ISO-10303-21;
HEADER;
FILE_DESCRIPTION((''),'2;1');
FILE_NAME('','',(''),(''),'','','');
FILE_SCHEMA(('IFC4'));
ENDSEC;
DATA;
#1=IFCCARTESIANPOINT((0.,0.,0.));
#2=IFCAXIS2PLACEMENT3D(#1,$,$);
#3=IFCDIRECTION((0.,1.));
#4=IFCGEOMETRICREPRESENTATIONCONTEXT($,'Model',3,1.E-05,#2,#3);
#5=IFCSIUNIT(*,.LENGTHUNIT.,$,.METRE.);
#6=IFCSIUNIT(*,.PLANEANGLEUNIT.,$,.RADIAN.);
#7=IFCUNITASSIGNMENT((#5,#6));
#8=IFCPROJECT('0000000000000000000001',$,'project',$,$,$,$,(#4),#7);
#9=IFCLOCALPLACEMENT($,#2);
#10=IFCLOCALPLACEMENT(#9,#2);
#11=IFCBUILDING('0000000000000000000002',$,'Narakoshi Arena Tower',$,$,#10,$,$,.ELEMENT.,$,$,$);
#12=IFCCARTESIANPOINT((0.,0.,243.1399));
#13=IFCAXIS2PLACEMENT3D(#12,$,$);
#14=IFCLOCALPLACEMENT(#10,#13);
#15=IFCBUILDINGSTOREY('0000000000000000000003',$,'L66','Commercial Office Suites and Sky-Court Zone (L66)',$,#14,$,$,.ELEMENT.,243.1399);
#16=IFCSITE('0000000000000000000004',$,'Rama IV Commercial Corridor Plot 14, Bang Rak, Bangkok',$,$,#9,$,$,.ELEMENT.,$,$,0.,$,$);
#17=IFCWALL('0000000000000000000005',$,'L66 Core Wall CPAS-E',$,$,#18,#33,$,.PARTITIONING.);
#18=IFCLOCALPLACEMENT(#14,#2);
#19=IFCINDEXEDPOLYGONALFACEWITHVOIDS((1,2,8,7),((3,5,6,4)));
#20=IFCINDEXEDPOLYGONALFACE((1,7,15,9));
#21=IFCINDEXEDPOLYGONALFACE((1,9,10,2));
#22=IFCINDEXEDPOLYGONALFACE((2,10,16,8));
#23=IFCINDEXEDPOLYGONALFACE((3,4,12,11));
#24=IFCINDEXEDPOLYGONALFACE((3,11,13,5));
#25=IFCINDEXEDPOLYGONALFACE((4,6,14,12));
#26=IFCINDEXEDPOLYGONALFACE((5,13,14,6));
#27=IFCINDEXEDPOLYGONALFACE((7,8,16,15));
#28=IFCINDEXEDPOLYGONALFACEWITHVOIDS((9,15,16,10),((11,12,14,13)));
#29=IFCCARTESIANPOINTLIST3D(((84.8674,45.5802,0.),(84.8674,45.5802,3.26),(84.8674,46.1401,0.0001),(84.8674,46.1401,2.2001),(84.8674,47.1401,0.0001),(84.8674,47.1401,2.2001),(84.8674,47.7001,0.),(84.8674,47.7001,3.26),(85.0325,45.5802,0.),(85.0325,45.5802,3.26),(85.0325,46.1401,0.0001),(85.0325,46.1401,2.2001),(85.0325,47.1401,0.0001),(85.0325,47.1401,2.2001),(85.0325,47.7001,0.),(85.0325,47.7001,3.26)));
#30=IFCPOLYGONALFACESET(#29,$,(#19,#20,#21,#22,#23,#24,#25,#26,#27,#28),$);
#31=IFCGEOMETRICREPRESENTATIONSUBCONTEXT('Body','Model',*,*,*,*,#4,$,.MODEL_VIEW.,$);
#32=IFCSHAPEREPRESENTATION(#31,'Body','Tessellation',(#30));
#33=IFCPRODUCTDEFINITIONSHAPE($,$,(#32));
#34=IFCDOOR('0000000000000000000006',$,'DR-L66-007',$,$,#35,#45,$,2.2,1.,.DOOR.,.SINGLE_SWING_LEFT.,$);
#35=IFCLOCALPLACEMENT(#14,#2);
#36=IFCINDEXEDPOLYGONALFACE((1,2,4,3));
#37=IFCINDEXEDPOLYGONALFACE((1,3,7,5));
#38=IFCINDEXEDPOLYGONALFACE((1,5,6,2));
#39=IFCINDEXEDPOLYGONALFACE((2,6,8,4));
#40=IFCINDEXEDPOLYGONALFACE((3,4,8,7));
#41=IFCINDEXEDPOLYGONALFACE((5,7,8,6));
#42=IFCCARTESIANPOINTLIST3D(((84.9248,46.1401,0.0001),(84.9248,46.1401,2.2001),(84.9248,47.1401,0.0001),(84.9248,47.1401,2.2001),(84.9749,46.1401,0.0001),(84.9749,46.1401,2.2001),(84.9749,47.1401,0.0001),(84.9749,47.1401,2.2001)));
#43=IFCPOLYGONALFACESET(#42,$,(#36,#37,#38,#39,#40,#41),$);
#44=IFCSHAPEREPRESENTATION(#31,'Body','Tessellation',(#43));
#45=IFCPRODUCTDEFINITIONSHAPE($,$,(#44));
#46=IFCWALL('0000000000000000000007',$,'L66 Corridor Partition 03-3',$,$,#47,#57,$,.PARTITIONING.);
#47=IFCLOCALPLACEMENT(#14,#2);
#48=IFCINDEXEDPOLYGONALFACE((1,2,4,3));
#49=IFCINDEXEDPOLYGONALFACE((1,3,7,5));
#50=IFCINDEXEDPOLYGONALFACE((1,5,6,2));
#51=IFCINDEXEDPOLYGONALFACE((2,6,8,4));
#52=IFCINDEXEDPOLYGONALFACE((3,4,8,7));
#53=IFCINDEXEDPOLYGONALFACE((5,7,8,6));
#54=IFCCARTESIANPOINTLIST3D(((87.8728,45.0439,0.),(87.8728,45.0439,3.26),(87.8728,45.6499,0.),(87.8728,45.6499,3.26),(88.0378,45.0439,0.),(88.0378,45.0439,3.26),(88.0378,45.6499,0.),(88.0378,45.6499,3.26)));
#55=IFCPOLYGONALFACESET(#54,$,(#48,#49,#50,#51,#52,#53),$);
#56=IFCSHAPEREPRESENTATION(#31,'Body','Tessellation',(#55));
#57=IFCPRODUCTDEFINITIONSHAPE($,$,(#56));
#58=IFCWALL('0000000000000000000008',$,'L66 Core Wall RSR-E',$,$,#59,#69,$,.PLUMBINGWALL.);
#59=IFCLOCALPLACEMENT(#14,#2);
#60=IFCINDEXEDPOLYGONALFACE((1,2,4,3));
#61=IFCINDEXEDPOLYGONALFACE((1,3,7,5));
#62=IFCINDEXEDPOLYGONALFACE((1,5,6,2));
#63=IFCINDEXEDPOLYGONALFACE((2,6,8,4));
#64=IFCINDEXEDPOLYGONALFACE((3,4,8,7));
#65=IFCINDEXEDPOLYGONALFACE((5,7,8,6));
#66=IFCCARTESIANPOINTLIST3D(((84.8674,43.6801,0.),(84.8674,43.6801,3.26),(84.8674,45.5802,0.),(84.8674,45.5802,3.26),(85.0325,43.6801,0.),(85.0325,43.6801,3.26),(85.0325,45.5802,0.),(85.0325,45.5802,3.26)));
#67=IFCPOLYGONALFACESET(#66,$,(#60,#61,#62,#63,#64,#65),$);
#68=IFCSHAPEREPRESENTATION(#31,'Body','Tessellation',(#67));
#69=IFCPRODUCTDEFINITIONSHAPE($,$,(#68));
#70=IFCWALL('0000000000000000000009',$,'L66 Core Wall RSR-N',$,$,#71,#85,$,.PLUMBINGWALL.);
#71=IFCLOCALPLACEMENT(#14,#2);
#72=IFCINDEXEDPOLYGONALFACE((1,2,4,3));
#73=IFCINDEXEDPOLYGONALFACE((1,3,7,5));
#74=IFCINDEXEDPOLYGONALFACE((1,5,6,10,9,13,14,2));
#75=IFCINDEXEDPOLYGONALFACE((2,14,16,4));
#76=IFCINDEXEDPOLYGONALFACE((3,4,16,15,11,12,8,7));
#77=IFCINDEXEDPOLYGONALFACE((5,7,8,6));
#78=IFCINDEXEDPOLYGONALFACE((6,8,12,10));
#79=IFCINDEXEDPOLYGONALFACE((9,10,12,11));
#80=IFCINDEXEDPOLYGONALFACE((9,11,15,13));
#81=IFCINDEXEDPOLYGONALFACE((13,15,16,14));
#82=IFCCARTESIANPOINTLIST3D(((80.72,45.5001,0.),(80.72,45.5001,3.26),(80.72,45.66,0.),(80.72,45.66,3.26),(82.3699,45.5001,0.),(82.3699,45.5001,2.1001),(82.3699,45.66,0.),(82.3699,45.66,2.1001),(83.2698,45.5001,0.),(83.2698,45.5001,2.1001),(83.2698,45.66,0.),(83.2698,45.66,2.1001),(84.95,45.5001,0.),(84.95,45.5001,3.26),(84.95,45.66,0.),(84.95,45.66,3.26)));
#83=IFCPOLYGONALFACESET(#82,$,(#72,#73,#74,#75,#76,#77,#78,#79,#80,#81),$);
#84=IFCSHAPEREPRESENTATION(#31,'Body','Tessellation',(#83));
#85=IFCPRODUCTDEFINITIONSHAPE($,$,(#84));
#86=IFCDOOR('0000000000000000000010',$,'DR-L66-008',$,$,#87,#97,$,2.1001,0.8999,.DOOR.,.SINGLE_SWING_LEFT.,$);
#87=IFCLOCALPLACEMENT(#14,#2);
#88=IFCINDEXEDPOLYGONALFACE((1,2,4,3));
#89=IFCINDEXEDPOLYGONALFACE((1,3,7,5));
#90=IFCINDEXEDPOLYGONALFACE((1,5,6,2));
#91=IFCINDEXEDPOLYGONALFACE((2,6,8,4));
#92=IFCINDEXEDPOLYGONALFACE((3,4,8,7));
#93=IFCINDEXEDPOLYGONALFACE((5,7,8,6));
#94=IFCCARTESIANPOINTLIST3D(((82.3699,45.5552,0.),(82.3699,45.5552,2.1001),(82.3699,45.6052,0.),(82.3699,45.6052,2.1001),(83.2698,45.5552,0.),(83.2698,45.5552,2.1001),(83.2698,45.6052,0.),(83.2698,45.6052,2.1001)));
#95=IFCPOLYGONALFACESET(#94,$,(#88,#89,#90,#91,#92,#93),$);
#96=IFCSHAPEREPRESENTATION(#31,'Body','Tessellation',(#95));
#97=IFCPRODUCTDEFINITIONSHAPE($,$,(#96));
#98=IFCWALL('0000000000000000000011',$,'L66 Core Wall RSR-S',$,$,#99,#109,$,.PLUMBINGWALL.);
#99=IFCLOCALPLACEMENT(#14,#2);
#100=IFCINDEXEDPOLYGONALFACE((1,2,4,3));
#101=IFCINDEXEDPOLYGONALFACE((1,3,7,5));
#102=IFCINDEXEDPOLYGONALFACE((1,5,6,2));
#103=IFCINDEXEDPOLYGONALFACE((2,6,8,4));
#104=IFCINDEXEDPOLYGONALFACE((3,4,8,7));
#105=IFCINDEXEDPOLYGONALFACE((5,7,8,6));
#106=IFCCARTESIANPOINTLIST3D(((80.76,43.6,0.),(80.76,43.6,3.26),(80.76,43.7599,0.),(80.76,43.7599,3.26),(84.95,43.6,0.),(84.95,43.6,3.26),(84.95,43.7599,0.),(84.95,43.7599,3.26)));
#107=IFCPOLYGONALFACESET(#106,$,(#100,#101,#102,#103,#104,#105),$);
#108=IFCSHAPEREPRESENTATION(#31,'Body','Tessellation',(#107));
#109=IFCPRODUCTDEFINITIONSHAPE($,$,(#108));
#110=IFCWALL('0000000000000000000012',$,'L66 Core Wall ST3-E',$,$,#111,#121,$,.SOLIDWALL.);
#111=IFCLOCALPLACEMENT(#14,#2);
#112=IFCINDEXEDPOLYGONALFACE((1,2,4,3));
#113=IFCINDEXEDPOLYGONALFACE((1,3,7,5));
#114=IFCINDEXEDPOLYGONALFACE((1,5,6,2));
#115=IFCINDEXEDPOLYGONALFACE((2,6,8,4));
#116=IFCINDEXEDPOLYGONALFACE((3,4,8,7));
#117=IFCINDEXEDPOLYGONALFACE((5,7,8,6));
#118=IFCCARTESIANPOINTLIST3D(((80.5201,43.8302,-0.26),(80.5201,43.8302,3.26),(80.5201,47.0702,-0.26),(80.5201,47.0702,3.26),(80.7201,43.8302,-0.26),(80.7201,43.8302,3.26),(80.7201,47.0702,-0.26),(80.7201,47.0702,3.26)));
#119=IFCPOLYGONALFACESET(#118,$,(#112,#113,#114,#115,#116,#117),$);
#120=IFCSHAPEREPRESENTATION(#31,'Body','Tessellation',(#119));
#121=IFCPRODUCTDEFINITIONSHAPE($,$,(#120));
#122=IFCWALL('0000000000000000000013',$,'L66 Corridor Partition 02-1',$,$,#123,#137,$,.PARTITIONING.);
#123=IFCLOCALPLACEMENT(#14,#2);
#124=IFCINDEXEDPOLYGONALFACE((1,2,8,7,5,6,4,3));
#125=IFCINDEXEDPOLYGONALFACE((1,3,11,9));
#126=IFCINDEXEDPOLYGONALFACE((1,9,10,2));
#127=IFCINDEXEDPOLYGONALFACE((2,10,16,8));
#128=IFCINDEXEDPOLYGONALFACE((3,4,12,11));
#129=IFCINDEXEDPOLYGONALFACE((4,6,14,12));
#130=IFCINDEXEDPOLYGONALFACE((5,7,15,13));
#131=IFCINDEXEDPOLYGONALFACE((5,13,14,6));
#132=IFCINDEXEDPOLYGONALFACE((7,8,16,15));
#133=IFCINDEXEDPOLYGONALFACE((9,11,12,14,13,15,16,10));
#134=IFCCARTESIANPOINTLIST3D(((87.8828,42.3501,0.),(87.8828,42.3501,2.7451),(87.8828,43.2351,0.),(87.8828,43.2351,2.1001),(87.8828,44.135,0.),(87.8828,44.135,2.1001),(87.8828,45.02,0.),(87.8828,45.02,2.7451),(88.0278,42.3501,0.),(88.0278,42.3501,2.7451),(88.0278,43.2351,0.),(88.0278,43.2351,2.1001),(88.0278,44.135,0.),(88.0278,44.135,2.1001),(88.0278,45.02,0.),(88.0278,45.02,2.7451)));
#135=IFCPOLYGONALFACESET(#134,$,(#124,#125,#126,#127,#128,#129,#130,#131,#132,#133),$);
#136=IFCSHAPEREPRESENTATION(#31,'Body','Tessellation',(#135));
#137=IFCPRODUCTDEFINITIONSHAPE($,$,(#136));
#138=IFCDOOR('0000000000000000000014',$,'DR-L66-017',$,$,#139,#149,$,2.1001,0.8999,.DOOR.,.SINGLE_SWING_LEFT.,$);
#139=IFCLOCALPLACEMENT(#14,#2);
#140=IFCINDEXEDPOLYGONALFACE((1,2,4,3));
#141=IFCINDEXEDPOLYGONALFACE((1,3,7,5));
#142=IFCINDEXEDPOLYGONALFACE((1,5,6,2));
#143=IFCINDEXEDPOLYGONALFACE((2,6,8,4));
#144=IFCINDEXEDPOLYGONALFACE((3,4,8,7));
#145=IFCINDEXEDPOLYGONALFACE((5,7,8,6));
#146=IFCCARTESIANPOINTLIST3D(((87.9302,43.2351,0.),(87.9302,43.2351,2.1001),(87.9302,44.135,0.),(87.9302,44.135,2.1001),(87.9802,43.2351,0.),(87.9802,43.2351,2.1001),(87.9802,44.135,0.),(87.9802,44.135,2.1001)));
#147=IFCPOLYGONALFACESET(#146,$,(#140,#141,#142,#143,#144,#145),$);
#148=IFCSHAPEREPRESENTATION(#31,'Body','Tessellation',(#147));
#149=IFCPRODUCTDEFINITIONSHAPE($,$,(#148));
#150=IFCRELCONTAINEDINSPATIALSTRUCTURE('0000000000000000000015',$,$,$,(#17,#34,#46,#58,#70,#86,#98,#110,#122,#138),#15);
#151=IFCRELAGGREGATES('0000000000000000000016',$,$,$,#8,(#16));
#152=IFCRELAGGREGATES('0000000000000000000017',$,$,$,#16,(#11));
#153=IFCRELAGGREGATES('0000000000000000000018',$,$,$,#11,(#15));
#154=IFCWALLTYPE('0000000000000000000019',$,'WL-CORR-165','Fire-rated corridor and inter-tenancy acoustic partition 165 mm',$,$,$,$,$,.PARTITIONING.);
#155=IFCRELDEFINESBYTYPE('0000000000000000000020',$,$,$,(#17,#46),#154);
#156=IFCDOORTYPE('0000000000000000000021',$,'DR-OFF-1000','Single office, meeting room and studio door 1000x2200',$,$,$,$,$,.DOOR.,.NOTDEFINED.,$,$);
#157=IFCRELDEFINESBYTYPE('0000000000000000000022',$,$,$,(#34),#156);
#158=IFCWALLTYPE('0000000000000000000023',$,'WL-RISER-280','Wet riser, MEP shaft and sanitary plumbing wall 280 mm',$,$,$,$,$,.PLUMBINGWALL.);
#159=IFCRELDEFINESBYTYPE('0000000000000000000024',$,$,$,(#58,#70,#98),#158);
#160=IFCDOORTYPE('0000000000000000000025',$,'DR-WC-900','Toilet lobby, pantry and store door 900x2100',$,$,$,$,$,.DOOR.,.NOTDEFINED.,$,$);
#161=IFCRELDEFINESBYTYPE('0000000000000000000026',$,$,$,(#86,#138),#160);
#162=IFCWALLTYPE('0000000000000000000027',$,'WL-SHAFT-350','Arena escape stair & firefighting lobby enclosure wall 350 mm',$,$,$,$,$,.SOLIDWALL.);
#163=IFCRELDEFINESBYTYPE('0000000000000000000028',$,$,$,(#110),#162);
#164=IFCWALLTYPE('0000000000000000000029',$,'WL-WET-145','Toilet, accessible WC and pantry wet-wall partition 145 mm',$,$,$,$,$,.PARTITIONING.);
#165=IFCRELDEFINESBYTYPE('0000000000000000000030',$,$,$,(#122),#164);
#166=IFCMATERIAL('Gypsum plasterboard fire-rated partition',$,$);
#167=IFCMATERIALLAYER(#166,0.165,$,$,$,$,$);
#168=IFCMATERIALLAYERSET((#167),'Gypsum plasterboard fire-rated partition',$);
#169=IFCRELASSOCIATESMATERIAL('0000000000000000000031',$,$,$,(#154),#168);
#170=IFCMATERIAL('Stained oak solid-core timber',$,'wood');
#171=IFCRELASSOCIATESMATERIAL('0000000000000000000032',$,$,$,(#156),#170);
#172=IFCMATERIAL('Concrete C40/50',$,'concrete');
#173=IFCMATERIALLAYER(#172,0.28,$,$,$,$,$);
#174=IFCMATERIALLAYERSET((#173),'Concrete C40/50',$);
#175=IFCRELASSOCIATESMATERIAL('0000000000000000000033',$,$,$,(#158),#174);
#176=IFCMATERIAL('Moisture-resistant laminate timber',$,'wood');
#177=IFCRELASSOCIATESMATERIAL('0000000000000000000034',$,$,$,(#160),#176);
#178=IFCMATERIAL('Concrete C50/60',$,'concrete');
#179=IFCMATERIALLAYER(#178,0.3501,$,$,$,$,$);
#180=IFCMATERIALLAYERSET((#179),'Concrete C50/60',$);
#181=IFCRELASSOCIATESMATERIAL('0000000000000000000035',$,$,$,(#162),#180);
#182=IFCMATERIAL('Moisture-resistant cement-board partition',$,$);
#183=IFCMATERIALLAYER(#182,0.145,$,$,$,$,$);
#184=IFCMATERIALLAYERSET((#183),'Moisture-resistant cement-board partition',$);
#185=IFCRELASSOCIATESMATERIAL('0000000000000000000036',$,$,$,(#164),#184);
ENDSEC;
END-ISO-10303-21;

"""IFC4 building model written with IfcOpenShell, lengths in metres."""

from ifc_helpers import new_model, si_unit, direction, frame, frame_2d, origin, place, context, subcontext, project, spatial, rectangle, extrude, material, layer, layer_set, type_object, element, fill, save


model = new_model("IFC4")

# Units and contexts
model_context = context("Model", 3, precision=1e-05, world=origin(), true_north=direction((0.0, 1.0)))
body_context = subcontext(model_context, "Body", "Model", "MODEL_VIEW")
ifc_project = project(units=[si_unit("LENGTHUNIT", "METRE"), si_unit("PLANEANGLEUNIT", "RADIAN")], contexts=[model_context])

# Site, building, storey
site_placement = place(None, origin())
site = spatial("IfcSite", under=ifc_project, at=site_placement, Name="Rama IV Commercial Corridor Plot 14, Bang Rak, Bangkok", CompositionType="ELEMENT", RefElevation=0.0)
building_placement = place(site_placement, origin())
building = spatial("IfcBuilding", under=site, at=building_placement, Name="Narakoshi Arena Tower", CompositionType="ELEMENT")
storey_placement = place(building_placement, frame((0.0, 0.0, 243.1399)))
storey = spatial("IfcBuildingStorey", under=building, at=storey_placement, Name="L66", Description="Commercial Office Suites and Sky-Court Zone (L66)", CompositionType="ELEMENT", Elevation=243.1399)

# Shared definitions
ifc_material_1 = material(Name="Concrete C50/60", Category="concrete")

# Wall, opening, door
ifc_material_2 = material(Name="Gypsum plasterboard fire-rated partition")
ifc_layer_1 = layer(ifc_material_2, 0.165)
ifc_layer_set_1 = layer_set([ifc_layer_1], Name="Gypsum plasterboard fire-rated partition")
wall_type_1 = type_object("IfcWallType", Name="WL-CORR-165", Description="Fire-rated corridor and inter-tenancy acoustic partition 165 mm", PredefinedType="PARTITIONING", material=ifc_layer_set_1)
wall_1_placement = place(storey_placement, frame((84.95, 45.5801, 0.0), z_axis=(0.0, 0.0, 1.0), x_axis=(0.0, 1.0, 0.0)))
wall_1 = element("IfcWall", 1, at=wall_1_placement, inside=storey, type_object=wall_type_1, Name="L66 Core Wall CPAS-E", PredefinedType="PARTITIONING", context=body_context, shape_type="SweptSolid", body=[
    extrude(rectangle(XDim=2.1199, YDim=0.165, at=frame_2d((1.0601, 0.0))), origin(), (0.0, 0.0, 1.0), 3.26),
])
opening_1_placement = place(wall_1_placement, frame((0.5601, 0.0, 0.0)))
opening_1 = element("IfcOpeningElement", 2, at=opening_1_placement, cuts=wall_1, PredefinedType="OPENING", context=body_context, shape_type="SweptSolid", body=[
    extrude(rectangle(XDim=1.0, YDim=2.2, at=frame_2d((0.5, 1.1001))), frame((0.0, 0.0925, 0.0), z_axis=(0.0, -1.0, 0.0), x_axis=(1.0, 0.0, 0.0)), (0.0, 0.0, 1.0), 0.1851),
])
ifc_material_3 = material(Name="Stained oak solid-core timber", Category="wood")
door_type_1 = type_object("IfcDoorType", Name="DR-OFF-1000", Description="Single office, meeting room and studio door 1000x2200", OperationType="NOTDEFINED", PredefinedType="DOOR", material=ifc_material_3)
door_1_placement = place(opening_1_placement, frame((1.0, 0.0, 0.0), z_axis=(0.0, 0.0, 1.0), x_axis=(-1.0, 0.0, 0.0)))
door_1 = element("IfcDoor", 3, at=door_1_placement, inside=storey, type_object=door_type_1, Name="DR-L66-007", OperationType="SINGLE_SWING_LEFT", OverallHeight=2.2, OverallWidth=1.0, PredefinedType="DOOR", context=body_context, shape_type="SweptSolid", body=[
    extrude(rectangle(XDim=1.0, YDim=2.2, at=frame_2d((0.5, 1.1001))), frame((0.0, 0.0249, 0.0), z_axis=(0.0, -1.0, 0.0), x_axis=(1.0, 0.0, 0.0)), (0.0, 0.0, 1.0), 0.05),
])
fill(opening_1, door_1)

# Walls
wall_2_placement = place(storey_placement, frame((87.9553, 45.0439, 0.0), z_axis=(0.0, 0.0, 1.0), x_axis=(0.0, 1.0, 0.0)))
element("IfcWall", 4, at=wall_2_placement, inside=storey, type_object=wall_type_1, Name="L66 Corridor Partition 03-3", PredefinedType="PARTITIONING", context=body_context, shape_type="SweptSolid", body=[
    extrude(rectangle(XDim=0.606, YDim=0.165, at=frame_2d((0.303, 0.0))), origin(), (0.0, 0.0, 1.0), 3.26),
])
ifc_material_4 = material(Name="Concrete C40/50", Category="concrete")
ifc_layer_2 = layer(ifc_material_4, 0.28)
ifc_layer_set_2 = layer_set([ifc_layer_2], Name="Concrete C40/50")
wall_type_2 = type_object("IfcWallType", Name="WL-RISER-280", Description="Wet riser, MEP shaft and sanitary plumbing wall 280 mm", PredefinedType="PLUMBINGWALL", material=ifc_layer_set_2)
wall_3_placement = place(storey_placement, frame((84.95, 43.6799, 0.0), z_axis=(0.0, 0.0, 1.0), x_axis=(0.0, 1.0, 0.0)))
element("IfcWall", 5, at=wall_3_placement, inside=storey, type_object=wall_type_2, Name="L66 Core Wall RSR-E", PredefinedType="PLUMBINGWALL", context=body_context, shape_type="SweptSolid", body=[
    extrude(rectangle(XDim=1.9001, YDim=0.165, at=frame_2d((0.9502, 0.0))), origin(), (0.0, 0.0, 1.0), 3.26),
])

# Wall, opening, door
wall_4_placement = place(storey_placement, frame((80.72, 45.5801, 0.0), z_axis=(0.0, 0.0, 1.0), x_axis=(1.0, 0.0, 0.0)))
wall_4 = element("IfcWall", 6, at=wall_4_placement, inside=storey, type_object=wall_type_2, Name="L66 Core Wall RSR-N", PredefinedType="PLUMBINGWALL", context=body_context, shape_type="SweptSolid", body=[
    extrude(rectangle(XDim=4.23, YDim=0.1599, at=frame_2d((2.115, 0.0))), origin(), (0.0, 0.0, 1.0), 3.26),
])
opening_2_placement = place(wall_4_placement, frame((1.6499, 0.0, 0.0)))
opening_2 = element("IfcOpeningElement", 7, at=opening_2_placement, cuts=wall_4, PredefinedType="OPENING", context=body_context, shape_type="SweptSolid", body=[
    extrude(rectangle(XDim=0.8999, YDim=2.1001, at=frame_2d((0.45, 1.05))), frame((0.0, 0.0898, 0.0), z_axis=(0.0, -1.0, 0.0), x_axis=(1.0, 0.0, 0.0)), (0.0, 0.0, 1.0), 0.1799),
])
ifc_material_5 = material(Name="Moisture-resistant laminate timber", Category="wood")
door_type_2 = type_object("IfcDoorType", Name="DR-WC-900", Description="Toilet lobby, pantry and store door 900x2100", OperationType="NOTDEFINED", PredefinedType="DOOR", material=ifc_material_5)
door_2_placement = place(opening_2_placement, frame((0.8999, 0.0, 0.0), z_axis=(0.0, 0.0, 1.0), x_axis=(-1.0, 0.0, 0.0)))
door_2 = element("IfcDoor", 8, at=door_2_placement, inside=storey, type_object=door_type_2, Name="DR-L66-008", OperationType="SINGLE_SWING_LEFT", OverallHeight=2.1001, OverallWidth=0.8999, PredefinedType="DOOR", context=body_context, shape_type="SweptSolid", body=[
    extrude(rectangle(XDim=0.8999, YDim=2.1001, at=frame_2d((0.45, 1.05))), frame((0.0, 0.0249, 0.0), z_axis=(0.0, -1.0, 0.0), x_axis=(1.0, 0.0, 0.0)), (0.0, 0.0, 1.0), 0.05),
])
fill(opening_2, door_2)

# Walls
wall_5_placement = place(storey_placement, frame((80.76, 43.6799, 0.0), z_axis=(0.0, 0.0, 1.0), x_axis=(1.0, 0.0, 0.0)))
element("IfcWall", 9, at=wall_5_placement, inside=storey, type_object=wall_type_2, Name="L66 Core Wall RSR-S", PredefinedType="PLUMBINGWALL", context=body_context, shape_type="SweptSolid", body=[
    extrude(rectangle(XDim=4.1899, YDim=0.1599, at=frame_2d((2.095, 0.0))), origin(), (0.0, 0.0, 1.0), 3.26),
])
ifc_layer_3 = layer(ifc_material_1, 0.3501)
ifc_layer_set_3 = layer_set([ifc_layer_3], Name="Concrete C50/60")
wall_type_3 = type_object("IfcWallType", Name="WL-SHAFT-350", Description="Arena escape stair & firefighting lobby enclosure wall 350 mm", PredefinedType="SOLIDWALL", material=ifc_layer_set_3)
wall_6_placement = place(storey_placement, frame((80.6201, 43.8301, -0.26), z_axis=(0.0, 0.0, 1.0), x_axis=(0.0, 1.0, 0.0)))
element("IfcWall", 10, at=wall_6_placement, inside=storey, type_object=wall_type_3, Name="L66 Core Wall ST3-E", PredefinedType="SOLIDWALL", context=body_context, shape_type="SweptSolid", body=[
    extrude(rectangle(XDim=3.24, YDim=0.2, at=frame_2d((1.6201, 0.0))), origin(), (0.0, 0.0, 1.0), 3.52),
])

# Wall, opening, door
ifc_material_6 = material(Name="Moisture-resistant cement-board partition")
ifc_layer_4 = layer(ifc_material_6, 0.145)
ifc_layer_set_4 = layer_set([ifc_layer_4], Name="Moisture-resistant cement-board partition")
wall_type_4 = type_object("IfcWallType", Name="WL-WET-145", Description="Toilet, accessible WC and pantry wet-wall partition 145 mm", PredefinedType="PARTITIONING", material=ifc_layer_set_4)
wall_7_placement = place(storey_placement, frame((87.9553, 42.3501, 0.0), z_axis=(0.0, 0.0, 1.0), x_axis=(0.0, 1.0, 0.0)))
wall_7 = element("IfcWall", 11, at=wall_7_placement, inside=storey, type_object=wall_type_4, Name="L66 Corridor Partition 02-1", PredefinedType="PARTITIONING", context=body_context, shape_type="SweptSolid", body=[
    extrude(rectangle(XDim=2.6699, YDim=0.145, at=frame_2d((1.335, 0.0))), origin(), (0.0, 0.0, 1.0), 2.7451),
])
opening_3_placement = place(wall_7_placement, frame((0.885, 0.0, 0.0)))
opening_3 = element("IfcOpeningElement", 12, at=opening_3_placement, cuts=wall_7, PredefinedType="OPENING", context=body_context, shape_type="SweptSolid", body=[
    extrude(rectangle(XDim=0.8999, YDim=2.1001, at=frame_2d((0.45, 1.05))), frame((0.0, 0.0825, 0.0), z_axis=(0.0, -1.0, 0.0), x_axis=(1.0, 0.0, 0.0)), (0.0, 0.0, 1.0), 0.165),
])
door_3_placement = place(opening_3_placement, frame((0.8999, 0.0, 0.0), z_axis=(0.0, 0.0, 1.0), x_axis=(-1.0, 0.0, 0.0)))
door_3 = element("IfcDoor", 13, at=door_3_placement, inside=storey, type_object=door_type_2, Name="DR-L66-017", OperationType="SINGLE_SWING_LEFT", OverallHeight=2.1001, OverallWidth=0.8999, PredefinedType="DOOR", context=body_context, shape_type="SweptSolid", body=[
    extrude(rectangle(XDim=0.8999, YDim=2.1001, at=frame_2d((0.45, 1.05))), frame((0.0, 0.0249, 0.0), z_axis=(0.0, -1.0, 0.0), x_axis=(1.0, 0.0, 0.0)), (0.0, 0.0, 1.0), 0.05),
])
fill(opening_3, door_3)

save(model, "model.ifc")
